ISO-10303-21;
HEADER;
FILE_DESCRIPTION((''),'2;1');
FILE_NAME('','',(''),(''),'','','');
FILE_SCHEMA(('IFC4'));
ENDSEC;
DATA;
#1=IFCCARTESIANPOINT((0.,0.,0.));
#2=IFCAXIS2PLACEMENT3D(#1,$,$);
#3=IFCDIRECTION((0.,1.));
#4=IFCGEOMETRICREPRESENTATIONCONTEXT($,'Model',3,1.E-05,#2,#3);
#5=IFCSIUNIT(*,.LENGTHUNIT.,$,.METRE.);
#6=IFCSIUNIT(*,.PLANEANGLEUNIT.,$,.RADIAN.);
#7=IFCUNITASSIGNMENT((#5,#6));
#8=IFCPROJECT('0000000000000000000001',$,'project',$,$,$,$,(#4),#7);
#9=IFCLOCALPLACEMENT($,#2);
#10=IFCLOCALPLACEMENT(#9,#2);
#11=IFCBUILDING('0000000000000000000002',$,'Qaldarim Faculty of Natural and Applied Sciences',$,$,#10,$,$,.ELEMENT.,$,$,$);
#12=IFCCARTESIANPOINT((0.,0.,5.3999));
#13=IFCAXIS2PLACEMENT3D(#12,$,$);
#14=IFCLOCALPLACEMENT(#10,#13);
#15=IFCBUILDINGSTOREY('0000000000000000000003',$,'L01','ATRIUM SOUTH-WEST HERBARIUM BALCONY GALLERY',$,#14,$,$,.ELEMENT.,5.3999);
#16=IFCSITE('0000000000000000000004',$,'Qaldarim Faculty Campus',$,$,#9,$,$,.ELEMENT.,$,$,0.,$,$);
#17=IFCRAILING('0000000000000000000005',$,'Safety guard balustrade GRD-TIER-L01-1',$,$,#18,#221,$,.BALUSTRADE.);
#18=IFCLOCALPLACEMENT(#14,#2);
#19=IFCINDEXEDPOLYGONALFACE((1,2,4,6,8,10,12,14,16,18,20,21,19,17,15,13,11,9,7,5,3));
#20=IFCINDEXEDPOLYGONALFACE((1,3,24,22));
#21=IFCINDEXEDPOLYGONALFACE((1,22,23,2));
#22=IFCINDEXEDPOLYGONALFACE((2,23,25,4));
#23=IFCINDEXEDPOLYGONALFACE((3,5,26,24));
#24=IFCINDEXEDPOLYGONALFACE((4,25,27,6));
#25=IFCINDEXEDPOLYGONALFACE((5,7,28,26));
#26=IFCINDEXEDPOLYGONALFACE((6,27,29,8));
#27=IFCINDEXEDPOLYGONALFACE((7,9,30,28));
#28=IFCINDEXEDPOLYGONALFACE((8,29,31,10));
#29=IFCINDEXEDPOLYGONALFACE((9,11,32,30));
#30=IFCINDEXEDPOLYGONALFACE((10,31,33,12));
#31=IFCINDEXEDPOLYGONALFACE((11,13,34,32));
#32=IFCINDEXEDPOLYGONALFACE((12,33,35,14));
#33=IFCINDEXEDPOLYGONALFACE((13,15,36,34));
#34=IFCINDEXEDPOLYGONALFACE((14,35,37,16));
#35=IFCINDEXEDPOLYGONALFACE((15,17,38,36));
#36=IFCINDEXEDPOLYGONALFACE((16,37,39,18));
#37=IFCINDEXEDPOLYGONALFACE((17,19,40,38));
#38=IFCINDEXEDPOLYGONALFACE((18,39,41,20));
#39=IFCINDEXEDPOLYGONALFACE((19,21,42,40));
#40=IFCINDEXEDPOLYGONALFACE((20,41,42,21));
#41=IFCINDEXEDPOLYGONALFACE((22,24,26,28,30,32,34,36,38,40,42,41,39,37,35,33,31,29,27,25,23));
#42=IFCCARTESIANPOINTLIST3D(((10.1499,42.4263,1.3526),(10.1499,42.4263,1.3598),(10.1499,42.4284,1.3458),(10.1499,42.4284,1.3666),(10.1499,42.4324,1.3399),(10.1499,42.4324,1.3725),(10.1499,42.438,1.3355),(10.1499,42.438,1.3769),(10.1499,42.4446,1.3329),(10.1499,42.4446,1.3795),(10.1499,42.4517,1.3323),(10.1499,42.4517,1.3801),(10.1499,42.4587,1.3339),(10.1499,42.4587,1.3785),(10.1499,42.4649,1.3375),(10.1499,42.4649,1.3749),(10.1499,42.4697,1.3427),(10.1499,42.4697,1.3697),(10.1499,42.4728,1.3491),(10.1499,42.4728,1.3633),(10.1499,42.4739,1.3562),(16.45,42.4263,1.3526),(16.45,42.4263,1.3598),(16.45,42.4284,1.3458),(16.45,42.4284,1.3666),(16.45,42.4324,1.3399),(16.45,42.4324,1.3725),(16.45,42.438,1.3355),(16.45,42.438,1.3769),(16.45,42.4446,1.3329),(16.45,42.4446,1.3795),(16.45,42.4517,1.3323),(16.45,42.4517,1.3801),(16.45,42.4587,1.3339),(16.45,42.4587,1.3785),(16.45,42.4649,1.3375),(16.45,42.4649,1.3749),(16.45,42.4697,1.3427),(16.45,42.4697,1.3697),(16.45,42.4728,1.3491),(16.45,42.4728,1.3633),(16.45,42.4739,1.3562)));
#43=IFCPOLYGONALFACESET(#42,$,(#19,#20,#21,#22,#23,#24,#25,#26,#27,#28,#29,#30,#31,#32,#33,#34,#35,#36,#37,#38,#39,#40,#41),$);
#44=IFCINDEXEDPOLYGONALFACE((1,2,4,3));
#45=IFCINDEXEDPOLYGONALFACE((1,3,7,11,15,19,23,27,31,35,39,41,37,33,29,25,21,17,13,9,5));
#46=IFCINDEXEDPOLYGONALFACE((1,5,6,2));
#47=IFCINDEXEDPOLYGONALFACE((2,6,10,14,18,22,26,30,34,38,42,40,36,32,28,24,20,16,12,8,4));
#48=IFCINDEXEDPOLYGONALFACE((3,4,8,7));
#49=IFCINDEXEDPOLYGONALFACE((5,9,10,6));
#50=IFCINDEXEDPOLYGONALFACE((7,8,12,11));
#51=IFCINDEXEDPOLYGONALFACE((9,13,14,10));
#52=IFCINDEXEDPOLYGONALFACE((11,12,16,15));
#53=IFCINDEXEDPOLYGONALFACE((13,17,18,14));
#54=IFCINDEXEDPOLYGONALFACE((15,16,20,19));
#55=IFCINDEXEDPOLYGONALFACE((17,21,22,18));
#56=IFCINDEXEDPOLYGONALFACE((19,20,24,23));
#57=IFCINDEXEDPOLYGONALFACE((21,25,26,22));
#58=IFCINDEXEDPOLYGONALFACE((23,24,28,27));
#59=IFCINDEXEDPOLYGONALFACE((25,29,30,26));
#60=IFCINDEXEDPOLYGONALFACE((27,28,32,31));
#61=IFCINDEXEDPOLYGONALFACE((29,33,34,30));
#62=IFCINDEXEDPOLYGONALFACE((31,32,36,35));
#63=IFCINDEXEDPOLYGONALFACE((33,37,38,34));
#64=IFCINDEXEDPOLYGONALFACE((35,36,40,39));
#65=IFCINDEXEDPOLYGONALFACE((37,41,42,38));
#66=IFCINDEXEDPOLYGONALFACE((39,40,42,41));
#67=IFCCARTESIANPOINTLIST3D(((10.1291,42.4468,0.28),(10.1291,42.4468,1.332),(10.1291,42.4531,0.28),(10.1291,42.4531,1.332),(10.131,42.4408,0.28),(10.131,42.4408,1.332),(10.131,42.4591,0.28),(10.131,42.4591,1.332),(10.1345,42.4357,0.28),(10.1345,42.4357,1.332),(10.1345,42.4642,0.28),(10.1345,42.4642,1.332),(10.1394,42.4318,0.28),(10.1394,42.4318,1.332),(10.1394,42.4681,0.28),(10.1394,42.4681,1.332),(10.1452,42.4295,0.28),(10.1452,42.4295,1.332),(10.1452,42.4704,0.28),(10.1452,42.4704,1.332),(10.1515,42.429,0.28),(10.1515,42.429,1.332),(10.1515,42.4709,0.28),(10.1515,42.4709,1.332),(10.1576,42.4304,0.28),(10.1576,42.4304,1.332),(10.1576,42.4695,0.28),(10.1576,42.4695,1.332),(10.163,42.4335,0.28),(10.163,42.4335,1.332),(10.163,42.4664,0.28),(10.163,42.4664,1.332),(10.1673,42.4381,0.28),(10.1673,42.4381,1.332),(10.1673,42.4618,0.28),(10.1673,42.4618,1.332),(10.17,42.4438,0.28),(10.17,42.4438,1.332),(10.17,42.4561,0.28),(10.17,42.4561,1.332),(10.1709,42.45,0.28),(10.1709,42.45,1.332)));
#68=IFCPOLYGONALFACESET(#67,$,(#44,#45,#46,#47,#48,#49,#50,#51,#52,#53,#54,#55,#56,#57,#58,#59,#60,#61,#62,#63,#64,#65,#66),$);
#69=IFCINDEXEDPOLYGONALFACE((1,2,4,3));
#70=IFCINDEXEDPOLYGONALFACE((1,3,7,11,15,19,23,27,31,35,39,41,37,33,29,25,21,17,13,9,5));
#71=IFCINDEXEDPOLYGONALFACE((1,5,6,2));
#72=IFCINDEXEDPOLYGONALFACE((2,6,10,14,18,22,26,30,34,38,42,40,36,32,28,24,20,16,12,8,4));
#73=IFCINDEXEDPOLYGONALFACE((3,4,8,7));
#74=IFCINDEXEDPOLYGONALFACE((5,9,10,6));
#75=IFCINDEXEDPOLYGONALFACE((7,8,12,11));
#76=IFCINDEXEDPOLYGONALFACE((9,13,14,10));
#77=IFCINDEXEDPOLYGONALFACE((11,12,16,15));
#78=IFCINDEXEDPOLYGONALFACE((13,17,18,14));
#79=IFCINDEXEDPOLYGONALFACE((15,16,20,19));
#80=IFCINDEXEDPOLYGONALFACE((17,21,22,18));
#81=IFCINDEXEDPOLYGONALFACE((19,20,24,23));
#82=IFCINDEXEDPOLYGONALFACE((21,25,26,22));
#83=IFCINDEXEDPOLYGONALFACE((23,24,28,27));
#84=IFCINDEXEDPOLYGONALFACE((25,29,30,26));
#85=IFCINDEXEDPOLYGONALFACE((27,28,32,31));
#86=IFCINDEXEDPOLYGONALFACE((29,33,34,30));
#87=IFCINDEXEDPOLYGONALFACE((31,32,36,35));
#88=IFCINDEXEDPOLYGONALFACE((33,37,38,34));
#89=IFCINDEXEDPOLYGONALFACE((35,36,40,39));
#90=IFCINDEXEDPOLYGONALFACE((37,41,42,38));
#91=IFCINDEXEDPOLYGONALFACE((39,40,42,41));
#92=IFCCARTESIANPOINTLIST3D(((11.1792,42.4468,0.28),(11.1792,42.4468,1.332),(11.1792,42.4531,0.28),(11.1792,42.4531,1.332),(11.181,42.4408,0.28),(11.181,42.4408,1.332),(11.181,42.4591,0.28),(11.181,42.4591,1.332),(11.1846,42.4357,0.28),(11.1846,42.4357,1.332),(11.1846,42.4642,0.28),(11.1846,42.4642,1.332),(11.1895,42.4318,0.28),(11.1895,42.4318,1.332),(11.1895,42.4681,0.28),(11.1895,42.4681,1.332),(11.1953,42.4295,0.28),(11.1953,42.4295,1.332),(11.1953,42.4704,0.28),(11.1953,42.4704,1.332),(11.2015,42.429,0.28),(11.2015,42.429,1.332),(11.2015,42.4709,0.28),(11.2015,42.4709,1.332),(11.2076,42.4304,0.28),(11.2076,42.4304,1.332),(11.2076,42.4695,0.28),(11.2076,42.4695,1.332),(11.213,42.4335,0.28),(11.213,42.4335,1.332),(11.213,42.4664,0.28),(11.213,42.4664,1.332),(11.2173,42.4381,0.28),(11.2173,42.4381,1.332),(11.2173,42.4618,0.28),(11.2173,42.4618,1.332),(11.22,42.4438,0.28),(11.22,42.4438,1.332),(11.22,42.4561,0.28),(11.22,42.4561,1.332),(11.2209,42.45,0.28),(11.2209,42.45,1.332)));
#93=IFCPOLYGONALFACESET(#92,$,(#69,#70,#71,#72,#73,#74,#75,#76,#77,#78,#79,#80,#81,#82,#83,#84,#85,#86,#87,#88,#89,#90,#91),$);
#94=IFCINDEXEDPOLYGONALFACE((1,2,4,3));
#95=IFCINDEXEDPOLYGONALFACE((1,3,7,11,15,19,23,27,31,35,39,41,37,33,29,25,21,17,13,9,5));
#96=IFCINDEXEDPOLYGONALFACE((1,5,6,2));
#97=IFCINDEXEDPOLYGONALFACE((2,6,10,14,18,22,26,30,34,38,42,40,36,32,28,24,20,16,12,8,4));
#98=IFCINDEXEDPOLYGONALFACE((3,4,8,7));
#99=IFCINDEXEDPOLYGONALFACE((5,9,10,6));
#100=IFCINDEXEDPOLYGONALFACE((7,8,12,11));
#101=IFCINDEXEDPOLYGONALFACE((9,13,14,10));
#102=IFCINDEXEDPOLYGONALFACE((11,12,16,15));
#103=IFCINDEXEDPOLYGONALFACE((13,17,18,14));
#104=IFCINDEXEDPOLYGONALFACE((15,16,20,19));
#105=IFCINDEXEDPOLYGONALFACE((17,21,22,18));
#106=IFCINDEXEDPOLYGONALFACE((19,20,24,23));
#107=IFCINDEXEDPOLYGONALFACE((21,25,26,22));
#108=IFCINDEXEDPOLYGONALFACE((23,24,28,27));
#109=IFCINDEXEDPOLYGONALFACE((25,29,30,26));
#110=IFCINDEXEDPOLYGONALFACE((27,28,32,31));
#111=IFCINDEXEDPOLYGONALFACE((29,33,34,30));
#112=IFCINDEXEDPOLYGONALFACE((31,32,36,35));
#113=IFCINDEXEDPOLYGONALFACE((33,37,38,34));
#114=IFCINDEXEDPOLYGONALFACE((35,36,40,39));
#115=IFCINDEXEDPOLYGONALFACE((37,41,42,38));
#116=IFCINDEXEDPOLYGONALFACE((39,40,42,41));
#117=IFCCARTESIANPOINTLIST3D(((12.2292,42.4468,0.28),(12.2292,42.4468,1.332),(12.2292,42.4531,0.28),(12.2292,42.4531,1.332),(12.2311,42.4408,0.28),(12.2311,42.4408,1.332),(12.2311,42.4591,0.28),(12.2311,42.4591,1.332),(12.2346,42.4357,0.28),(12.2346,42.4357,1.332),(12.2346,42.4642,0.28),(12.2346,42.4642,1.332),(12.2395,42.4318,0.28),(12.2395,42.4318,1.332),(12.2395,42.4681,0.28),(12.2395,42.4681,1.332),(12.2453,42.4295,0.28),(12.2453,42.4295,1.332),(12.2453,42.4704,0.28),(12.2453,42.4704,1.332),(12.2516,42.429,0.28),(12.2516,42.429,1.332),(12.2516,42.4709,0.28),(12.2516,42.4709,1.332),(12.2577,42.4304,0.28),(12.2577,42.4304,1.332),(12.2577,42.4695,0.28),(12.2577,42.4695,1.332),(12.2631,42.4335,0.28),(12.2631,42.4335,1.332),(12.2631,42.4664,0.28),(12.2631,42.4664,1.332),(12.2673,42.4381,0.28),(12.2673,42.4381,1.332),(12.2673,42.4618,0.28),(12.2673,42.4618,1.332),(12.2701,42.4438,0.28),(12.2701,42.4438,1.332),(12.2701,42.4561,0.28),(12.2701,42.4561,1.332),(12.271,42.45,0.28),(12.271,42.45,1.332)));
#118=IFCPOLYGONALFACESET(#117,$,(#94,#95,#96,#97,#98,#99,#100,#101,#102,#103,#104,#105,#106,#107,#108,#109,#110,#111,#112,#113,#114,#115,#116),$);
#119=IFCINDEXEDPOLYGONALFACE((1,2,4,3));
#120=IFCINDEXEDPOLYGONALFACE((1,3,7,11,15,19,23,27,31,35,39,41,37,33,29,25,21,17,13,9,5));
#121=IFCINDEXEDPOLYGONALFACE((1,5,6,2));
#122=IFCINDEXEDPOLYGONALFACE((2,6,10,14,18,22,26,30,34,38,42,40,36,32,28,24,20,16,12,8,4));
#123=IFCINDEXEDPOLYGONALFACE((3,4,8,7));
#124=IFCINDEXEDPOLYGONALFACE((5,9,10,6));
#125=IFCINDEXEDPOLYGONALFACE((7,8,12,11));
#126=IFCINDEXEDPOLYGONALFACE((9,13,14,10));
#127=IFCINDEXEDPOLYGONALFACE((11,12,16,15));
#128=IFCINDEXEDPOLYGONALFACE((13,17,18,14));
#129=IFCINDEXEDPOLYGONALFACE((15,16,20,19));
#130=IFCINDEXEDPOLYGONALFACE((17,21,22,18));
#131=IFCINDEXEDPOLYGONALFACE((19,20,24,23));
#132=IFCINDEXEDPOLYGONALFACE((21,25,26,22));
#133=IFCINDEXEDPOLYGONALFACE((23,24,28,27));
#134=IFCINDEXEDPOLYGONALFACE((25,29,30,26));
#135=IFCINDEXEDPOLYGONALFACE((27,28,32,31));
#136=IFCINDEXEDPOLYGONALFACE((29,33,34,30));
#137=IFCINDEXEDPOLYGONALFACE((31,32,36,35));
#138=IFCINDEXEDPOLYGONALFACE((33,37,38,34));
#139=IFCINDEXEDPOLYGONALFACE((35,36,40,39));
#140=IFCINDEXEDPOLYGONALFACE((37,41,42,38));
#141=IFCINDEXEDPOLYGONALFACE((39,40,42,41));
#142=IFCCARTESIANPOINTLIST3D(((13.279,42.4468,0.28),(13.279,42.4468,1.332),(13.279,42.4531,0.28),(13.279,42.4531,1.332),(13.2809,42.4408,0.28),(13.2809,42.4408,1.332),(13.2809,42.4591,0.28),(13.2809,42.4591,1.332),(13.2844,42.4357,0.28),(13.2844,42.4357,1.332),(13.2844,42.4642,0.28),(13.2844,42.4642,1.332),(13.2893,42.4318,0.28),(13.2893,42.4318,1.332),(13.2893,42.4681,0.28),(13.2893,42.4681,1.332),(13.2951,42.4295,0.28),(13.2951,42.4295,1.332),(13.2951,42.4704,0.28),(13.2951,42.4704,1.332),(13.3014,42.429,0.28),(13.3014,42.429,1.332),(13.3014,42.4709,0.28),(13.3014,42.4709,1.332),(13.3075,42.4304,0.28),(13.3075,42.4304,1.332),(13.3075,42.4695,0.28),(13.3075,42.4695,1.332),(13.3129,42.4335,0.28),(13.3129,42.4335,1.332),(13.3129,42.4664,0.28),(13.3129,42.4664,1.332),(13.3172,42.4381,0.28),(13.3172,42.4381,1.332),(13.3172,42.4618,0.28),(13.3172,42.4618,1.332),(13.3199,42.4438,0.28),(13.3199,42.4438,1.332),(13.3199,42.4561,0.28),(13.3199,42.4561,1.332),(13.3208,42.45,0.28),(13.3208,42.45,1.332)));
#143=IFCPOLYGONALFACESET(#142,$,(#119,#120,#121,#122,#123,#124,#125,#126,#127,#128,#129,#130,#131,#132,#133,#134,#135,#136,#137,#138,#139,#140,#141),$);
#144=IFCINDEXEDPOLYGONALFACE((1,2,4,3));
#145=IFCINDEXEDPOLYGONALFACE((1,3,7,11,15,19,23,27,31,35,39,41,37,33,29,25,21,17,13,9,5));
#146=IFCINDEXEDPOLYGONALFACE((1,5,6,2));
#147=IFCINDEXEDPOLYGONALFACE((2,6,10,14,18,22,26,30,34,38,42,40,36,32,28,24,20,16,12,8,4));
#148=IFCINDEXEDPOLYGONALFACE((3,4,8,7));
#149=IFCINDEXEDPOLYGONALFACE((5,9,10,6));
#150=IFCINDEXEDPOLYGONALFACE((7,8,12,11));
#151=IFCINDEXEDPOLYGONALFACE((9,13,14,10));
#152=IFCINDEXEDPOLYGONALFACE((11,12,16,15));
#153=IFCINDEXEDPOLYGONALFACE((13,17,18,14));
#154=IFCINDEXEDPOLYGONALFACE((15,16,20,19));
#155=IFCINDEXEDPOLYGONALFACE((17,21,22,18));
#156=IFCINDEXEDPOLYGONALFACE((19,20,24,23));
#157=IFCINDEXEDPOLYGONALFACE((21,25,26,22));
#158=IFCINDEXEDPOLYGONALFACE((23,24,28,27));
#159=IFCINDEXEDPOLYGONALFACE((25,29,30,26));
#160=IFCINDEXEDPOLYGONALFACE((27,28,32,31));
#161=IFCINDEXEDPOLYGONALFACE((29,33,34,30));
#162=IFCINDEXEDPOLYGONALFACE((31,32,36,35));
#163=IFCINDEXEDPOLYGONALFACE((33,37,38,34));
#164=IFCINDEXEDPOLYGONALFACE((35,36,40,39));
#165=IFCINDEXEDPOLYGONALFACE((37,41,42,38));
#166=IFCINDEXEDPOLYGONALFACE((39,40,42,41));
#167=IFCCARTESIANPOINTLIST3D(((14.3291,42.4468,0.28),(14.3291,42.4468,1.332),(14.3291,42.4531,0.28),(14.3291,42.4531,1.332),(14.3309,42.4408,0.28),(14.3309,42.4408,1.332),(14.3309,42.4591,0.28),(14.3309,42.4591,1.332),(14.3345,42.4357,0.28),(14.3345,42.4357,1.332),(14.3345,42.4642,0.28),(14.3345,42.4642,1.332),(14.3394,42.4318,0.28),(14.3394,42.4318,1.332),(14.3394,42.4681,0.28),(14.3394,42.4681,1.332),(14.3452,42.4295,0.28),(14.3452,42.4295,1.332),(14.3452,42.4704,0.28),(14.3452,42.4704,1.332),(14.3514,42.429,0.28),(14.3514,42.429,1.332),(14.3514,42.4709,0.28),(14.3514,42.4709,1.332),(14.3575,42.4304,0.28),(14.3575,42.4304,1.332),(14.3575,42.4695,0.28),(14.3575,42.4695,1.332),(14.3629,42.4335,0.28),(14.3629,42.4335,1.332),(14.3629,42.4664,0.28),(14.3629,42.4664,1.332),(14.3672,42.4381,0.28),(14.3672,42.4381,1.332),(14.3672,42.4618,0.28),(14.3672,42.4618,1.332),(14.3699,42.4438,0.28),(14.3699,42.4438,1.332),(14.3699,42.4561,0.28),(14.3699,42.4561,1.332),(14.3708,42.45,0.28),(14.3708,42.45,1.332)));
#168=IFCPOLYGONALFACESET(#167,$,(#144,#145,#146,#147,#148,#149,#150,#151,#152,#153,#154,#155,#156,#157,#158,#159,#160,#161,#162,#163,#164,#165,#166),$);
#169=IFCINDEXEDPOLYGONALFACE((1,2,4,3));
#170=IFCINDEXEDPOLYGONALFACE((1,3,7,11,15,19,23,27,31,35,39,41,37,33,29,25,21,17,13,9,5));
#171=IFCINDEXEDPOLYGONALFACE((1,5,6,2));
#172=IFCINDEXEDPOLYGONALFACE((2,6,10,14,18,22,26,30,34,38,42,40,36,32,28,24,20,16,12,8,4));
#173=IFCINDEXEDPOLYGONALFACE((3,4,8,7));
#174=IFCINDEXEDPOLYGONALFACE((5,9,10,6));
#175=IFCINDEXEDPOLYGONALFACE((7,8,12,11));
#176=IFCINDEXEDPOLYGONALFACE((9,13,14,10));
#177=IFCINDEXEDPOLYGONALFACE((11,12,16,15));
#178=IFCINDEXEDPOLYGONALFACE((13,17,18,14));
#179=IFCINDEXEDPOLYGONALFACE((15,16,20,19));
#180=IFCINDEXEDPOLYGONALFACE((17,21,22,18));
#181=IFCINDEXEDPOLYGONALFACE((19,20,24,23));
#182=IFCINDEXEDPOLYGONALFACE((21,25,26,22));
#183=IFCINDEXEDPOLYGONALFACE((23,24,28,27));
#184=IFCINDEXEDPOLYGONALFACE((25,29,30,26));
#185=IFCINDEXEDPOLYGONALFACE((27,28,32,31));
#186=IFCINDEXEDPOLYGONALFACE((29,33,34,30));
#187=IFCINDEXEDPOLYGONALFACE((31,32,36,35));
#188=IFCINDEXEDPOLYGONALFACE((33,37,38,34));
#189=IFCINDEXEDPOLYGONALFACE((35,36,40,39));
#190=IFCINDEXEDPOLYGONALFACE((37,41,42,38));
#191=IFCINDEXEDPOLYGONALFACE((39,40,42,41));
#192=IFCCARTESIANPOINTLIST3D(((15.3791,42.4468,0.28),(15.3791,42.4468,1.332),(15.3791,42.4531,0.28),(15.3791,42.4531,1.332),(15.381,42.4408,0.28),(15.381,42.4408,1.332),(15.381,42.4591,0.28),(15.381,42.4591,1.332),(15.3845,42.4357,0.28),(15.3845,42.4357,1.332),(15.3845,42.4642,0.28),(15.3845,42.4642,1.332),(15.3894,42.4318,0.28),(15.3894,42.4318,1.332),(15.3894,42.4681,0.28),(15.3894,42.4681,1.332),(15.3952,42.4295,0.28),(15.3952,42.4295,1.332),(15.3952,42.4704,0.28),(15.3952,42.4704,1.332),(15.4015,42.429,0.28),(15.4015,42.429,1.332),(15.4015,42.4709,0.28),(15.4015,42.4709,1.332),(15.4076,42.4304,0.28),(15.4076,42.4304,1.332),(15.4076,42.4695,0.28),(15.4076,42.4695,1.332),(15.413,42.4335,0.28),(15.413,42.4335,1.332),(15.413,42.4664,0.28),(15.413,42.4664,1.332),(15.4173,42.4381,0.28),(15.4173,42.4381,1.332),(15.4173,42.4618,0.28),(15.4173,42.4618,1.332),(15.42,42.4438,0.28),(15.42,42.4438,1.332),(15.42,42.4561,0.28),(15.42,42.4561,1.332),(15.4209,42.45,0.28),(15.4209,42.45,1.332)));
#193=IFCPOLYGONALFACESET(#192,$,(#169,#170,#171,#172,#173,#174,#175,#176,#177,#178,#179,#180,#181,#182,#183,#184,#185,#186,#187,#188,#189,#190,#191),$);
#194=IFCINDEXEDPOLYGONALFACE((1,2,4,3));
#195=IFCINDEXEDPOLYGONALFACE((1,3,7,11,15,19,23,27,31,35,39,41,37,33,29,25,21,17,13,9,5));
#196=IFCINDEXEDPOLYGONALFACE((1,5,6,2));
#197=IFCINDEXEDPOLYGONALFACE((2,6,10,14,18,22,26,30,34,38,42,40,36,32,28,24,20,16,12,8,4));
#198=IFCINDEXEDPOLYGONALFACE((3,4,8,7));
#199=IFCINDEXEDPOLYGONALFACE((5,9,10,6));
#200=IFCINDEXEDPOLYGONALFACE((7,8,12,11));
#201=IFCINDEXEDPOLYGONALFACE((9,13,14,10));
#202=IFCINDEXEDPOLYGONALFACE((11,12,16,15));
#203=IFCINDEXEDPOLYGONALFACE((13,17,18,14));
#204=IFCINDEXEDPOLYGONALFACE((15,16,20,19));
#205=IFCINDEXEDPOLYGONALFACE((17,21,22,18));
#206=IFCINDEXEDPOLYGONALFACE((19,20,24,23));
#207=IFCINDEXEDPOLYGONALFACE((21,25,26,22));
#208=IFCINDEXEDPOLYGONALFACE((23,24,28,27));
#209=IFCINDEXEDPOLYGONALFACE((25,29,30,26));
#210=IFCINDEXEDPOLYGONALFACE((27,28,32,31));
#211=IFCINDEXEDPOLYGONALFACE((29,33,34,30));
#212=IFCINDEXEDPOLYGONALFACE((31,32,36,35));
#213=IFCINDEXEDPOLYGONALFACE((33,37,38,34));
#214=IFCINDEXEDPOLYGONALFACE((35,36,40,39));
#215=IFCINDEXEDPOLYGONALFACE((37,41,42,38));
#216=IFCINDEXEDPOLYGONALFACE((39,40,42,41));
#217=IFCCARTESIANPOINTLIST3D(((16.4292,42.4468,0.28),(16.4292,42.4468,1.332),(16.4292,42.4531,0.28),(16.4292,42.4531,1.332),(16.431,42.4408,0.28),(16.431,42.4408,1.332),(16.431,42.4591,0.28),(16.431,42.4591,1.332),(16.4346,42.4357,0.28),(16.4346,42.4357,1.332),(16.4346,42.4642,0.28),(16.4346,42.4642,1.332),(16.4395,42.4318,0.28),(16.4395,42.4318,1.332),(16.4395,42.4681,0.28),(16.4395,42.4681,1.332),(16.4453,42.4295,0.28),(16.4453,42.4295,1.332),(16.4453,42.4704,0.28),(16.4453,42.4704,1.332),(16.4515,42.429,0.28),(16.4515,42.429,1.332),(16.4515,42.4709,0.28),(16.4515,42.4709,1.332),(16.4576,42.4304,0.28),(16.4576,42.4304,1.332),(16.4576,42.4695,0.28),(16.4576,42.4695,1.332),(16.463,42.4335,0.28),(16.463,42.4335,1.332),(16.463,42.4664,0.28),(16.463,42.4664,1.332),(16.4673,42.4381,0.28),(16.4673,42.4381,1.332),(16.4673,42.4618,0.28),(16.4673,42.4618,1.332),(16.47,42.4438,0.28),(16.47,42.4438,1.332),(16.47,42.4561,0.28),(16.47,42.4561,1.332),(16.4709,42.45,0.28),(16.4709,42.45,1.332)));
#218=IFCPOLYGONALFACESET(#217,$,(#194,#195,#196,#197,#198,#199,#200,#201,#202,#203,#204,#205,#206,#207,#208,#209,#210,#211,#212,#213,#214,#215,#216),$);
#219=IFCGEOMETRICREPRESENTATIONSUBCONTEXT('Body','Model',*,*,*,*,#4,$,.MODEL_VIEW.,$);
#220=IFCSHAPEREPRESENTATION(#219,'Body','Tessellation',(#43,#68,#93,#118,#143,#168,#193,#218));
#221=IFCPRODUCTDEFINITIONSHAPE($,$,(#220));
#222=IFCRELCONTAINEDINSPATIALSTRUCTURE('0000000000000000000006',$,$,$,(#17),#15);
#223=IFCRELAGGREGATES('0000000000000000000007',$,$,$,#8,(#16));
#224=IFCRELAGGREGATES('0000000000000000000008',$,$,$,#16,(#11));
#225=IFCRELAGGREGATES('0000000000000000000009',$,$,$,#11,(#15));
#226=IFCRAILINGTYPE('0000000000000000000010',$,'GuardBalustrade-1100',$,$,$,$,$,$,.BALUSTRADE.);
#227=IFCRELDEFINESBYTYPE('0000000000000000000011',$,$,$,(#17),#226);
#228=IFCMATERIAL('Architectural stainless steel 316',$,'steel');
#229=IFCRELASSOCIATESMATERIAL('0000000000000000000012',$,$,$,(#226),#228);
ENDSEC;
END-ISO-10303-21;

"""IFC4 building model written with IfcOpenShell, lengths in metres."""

from ifc_helpers import new_model, si_unit, direction, frame, origin, origin_2d, place, context, subcontext, project, spatial, circle, extrude, material, type_object, element, save


model = new_model("IFC4")

# Units and contexts
model_context = context("Model", 3, precision=1e-05, world=origin(), true_north=direction((0.0, 1.0)))
body_context = subcontext(model_context, "Body", "Model", "MODEL_VIEW")
ifc_project = project(units=[si_unit("LENGTHUNIT", "METRE"), si_unit("PLANEANGLEUNIT", "RADIAN")], contexts=[model_context])

# Site, building, storey
site_placement = place(None, origin())
site = spatial("IfcSite", under=ifc_project, at=site_placement, Name="Qaldarim Faculty Campus", CompositionType="ELEMENT", RefElevation=0.0)
building_placement = place(site_placement, origin())
building = spatial("IfcBuilding", under=site, at=building_placement, Name="Qaldarim Faculty of Natural and Applied Sciences", CompositionType="ELEMENT")
storey_placement = place(building_placement, frame((0.0, 0.0, 5.3999)))
storey = spatial("IfcBuildingStorey", under=building, at=storey_placement, Name="L01", Description="ATRIUM SOUTH-WEST HERBARIUM BALCONY GALLERY", CompositionType="ELEMENT", Elevation=5.3999)

# Railing
ifc_material_1 = material(Name="Architectural stainless steel 316", Category="steel")
railing_type = type_object("IfcRailingType", Name="GuardBalustrade-1100", PredefinedType="BALUSTRADE", material=ifc_material_1)
railing_1_placement = place(storey_placement, frame((10.1499, 42.45, 0.28)))
element("IfcRailing", 1, at=railing_1_placement, inside=storey, type_object=railing_type, Name="Safety guard balustrade GRD-TIER-L01-1", PredefinedType="BALUSTRADE", context=body_context, shape_type="SweptSolid", body=[
    extrude(circle(Radius=0.0239, at=origin_2d()), frame((0.0, 0.0, 1.0762), z_axis=(1.0, 0.0, 0.0), x_axis=(0.0, 1.0, 0.0)), (0.0, 0.0, 1.0), 6.3),
    extrude(circle(Radius=0.021, at=origin_2d()), origin(), (0.0, 0.0, 1.0), 1.052),
    extrude(circle(Radius=0.021, at=origin_2d()), frame((1.05, 0.0, 0.0)), (0.0, 0.0, 1.0), 1.052),
    extrude(circle(Radius=0.021, at=origin_2d()), frame((2.1001, 0.0, 0.0)), (0.0, 0.0, 1.0), 1.052),
    extrude(circle(Radius=0.021, at=origin_2d()), frame((3.1499, 0.0, 0.0)), (0.0, 0.0, 1.0), 1.052),
    extrude(circle(Radius=0.021, at=origin_2d()), frame((4.2, 0.0, 0.0)), (0.0, 0.0, 1.0), 1.052),
    extrude(circle(Radius=0.021, at=origin_2d()), frame((5.25, 0.0, 0.0)), (0.0, 0.0, 1.0), 1.052),
    extrude(circle(Radius=0.021, at=origin_2d()), frame((6.3, 0.0, 0.0)), (0.0, 0.0, 1.0), 1.052),
])

save(model, "model.ifc")
